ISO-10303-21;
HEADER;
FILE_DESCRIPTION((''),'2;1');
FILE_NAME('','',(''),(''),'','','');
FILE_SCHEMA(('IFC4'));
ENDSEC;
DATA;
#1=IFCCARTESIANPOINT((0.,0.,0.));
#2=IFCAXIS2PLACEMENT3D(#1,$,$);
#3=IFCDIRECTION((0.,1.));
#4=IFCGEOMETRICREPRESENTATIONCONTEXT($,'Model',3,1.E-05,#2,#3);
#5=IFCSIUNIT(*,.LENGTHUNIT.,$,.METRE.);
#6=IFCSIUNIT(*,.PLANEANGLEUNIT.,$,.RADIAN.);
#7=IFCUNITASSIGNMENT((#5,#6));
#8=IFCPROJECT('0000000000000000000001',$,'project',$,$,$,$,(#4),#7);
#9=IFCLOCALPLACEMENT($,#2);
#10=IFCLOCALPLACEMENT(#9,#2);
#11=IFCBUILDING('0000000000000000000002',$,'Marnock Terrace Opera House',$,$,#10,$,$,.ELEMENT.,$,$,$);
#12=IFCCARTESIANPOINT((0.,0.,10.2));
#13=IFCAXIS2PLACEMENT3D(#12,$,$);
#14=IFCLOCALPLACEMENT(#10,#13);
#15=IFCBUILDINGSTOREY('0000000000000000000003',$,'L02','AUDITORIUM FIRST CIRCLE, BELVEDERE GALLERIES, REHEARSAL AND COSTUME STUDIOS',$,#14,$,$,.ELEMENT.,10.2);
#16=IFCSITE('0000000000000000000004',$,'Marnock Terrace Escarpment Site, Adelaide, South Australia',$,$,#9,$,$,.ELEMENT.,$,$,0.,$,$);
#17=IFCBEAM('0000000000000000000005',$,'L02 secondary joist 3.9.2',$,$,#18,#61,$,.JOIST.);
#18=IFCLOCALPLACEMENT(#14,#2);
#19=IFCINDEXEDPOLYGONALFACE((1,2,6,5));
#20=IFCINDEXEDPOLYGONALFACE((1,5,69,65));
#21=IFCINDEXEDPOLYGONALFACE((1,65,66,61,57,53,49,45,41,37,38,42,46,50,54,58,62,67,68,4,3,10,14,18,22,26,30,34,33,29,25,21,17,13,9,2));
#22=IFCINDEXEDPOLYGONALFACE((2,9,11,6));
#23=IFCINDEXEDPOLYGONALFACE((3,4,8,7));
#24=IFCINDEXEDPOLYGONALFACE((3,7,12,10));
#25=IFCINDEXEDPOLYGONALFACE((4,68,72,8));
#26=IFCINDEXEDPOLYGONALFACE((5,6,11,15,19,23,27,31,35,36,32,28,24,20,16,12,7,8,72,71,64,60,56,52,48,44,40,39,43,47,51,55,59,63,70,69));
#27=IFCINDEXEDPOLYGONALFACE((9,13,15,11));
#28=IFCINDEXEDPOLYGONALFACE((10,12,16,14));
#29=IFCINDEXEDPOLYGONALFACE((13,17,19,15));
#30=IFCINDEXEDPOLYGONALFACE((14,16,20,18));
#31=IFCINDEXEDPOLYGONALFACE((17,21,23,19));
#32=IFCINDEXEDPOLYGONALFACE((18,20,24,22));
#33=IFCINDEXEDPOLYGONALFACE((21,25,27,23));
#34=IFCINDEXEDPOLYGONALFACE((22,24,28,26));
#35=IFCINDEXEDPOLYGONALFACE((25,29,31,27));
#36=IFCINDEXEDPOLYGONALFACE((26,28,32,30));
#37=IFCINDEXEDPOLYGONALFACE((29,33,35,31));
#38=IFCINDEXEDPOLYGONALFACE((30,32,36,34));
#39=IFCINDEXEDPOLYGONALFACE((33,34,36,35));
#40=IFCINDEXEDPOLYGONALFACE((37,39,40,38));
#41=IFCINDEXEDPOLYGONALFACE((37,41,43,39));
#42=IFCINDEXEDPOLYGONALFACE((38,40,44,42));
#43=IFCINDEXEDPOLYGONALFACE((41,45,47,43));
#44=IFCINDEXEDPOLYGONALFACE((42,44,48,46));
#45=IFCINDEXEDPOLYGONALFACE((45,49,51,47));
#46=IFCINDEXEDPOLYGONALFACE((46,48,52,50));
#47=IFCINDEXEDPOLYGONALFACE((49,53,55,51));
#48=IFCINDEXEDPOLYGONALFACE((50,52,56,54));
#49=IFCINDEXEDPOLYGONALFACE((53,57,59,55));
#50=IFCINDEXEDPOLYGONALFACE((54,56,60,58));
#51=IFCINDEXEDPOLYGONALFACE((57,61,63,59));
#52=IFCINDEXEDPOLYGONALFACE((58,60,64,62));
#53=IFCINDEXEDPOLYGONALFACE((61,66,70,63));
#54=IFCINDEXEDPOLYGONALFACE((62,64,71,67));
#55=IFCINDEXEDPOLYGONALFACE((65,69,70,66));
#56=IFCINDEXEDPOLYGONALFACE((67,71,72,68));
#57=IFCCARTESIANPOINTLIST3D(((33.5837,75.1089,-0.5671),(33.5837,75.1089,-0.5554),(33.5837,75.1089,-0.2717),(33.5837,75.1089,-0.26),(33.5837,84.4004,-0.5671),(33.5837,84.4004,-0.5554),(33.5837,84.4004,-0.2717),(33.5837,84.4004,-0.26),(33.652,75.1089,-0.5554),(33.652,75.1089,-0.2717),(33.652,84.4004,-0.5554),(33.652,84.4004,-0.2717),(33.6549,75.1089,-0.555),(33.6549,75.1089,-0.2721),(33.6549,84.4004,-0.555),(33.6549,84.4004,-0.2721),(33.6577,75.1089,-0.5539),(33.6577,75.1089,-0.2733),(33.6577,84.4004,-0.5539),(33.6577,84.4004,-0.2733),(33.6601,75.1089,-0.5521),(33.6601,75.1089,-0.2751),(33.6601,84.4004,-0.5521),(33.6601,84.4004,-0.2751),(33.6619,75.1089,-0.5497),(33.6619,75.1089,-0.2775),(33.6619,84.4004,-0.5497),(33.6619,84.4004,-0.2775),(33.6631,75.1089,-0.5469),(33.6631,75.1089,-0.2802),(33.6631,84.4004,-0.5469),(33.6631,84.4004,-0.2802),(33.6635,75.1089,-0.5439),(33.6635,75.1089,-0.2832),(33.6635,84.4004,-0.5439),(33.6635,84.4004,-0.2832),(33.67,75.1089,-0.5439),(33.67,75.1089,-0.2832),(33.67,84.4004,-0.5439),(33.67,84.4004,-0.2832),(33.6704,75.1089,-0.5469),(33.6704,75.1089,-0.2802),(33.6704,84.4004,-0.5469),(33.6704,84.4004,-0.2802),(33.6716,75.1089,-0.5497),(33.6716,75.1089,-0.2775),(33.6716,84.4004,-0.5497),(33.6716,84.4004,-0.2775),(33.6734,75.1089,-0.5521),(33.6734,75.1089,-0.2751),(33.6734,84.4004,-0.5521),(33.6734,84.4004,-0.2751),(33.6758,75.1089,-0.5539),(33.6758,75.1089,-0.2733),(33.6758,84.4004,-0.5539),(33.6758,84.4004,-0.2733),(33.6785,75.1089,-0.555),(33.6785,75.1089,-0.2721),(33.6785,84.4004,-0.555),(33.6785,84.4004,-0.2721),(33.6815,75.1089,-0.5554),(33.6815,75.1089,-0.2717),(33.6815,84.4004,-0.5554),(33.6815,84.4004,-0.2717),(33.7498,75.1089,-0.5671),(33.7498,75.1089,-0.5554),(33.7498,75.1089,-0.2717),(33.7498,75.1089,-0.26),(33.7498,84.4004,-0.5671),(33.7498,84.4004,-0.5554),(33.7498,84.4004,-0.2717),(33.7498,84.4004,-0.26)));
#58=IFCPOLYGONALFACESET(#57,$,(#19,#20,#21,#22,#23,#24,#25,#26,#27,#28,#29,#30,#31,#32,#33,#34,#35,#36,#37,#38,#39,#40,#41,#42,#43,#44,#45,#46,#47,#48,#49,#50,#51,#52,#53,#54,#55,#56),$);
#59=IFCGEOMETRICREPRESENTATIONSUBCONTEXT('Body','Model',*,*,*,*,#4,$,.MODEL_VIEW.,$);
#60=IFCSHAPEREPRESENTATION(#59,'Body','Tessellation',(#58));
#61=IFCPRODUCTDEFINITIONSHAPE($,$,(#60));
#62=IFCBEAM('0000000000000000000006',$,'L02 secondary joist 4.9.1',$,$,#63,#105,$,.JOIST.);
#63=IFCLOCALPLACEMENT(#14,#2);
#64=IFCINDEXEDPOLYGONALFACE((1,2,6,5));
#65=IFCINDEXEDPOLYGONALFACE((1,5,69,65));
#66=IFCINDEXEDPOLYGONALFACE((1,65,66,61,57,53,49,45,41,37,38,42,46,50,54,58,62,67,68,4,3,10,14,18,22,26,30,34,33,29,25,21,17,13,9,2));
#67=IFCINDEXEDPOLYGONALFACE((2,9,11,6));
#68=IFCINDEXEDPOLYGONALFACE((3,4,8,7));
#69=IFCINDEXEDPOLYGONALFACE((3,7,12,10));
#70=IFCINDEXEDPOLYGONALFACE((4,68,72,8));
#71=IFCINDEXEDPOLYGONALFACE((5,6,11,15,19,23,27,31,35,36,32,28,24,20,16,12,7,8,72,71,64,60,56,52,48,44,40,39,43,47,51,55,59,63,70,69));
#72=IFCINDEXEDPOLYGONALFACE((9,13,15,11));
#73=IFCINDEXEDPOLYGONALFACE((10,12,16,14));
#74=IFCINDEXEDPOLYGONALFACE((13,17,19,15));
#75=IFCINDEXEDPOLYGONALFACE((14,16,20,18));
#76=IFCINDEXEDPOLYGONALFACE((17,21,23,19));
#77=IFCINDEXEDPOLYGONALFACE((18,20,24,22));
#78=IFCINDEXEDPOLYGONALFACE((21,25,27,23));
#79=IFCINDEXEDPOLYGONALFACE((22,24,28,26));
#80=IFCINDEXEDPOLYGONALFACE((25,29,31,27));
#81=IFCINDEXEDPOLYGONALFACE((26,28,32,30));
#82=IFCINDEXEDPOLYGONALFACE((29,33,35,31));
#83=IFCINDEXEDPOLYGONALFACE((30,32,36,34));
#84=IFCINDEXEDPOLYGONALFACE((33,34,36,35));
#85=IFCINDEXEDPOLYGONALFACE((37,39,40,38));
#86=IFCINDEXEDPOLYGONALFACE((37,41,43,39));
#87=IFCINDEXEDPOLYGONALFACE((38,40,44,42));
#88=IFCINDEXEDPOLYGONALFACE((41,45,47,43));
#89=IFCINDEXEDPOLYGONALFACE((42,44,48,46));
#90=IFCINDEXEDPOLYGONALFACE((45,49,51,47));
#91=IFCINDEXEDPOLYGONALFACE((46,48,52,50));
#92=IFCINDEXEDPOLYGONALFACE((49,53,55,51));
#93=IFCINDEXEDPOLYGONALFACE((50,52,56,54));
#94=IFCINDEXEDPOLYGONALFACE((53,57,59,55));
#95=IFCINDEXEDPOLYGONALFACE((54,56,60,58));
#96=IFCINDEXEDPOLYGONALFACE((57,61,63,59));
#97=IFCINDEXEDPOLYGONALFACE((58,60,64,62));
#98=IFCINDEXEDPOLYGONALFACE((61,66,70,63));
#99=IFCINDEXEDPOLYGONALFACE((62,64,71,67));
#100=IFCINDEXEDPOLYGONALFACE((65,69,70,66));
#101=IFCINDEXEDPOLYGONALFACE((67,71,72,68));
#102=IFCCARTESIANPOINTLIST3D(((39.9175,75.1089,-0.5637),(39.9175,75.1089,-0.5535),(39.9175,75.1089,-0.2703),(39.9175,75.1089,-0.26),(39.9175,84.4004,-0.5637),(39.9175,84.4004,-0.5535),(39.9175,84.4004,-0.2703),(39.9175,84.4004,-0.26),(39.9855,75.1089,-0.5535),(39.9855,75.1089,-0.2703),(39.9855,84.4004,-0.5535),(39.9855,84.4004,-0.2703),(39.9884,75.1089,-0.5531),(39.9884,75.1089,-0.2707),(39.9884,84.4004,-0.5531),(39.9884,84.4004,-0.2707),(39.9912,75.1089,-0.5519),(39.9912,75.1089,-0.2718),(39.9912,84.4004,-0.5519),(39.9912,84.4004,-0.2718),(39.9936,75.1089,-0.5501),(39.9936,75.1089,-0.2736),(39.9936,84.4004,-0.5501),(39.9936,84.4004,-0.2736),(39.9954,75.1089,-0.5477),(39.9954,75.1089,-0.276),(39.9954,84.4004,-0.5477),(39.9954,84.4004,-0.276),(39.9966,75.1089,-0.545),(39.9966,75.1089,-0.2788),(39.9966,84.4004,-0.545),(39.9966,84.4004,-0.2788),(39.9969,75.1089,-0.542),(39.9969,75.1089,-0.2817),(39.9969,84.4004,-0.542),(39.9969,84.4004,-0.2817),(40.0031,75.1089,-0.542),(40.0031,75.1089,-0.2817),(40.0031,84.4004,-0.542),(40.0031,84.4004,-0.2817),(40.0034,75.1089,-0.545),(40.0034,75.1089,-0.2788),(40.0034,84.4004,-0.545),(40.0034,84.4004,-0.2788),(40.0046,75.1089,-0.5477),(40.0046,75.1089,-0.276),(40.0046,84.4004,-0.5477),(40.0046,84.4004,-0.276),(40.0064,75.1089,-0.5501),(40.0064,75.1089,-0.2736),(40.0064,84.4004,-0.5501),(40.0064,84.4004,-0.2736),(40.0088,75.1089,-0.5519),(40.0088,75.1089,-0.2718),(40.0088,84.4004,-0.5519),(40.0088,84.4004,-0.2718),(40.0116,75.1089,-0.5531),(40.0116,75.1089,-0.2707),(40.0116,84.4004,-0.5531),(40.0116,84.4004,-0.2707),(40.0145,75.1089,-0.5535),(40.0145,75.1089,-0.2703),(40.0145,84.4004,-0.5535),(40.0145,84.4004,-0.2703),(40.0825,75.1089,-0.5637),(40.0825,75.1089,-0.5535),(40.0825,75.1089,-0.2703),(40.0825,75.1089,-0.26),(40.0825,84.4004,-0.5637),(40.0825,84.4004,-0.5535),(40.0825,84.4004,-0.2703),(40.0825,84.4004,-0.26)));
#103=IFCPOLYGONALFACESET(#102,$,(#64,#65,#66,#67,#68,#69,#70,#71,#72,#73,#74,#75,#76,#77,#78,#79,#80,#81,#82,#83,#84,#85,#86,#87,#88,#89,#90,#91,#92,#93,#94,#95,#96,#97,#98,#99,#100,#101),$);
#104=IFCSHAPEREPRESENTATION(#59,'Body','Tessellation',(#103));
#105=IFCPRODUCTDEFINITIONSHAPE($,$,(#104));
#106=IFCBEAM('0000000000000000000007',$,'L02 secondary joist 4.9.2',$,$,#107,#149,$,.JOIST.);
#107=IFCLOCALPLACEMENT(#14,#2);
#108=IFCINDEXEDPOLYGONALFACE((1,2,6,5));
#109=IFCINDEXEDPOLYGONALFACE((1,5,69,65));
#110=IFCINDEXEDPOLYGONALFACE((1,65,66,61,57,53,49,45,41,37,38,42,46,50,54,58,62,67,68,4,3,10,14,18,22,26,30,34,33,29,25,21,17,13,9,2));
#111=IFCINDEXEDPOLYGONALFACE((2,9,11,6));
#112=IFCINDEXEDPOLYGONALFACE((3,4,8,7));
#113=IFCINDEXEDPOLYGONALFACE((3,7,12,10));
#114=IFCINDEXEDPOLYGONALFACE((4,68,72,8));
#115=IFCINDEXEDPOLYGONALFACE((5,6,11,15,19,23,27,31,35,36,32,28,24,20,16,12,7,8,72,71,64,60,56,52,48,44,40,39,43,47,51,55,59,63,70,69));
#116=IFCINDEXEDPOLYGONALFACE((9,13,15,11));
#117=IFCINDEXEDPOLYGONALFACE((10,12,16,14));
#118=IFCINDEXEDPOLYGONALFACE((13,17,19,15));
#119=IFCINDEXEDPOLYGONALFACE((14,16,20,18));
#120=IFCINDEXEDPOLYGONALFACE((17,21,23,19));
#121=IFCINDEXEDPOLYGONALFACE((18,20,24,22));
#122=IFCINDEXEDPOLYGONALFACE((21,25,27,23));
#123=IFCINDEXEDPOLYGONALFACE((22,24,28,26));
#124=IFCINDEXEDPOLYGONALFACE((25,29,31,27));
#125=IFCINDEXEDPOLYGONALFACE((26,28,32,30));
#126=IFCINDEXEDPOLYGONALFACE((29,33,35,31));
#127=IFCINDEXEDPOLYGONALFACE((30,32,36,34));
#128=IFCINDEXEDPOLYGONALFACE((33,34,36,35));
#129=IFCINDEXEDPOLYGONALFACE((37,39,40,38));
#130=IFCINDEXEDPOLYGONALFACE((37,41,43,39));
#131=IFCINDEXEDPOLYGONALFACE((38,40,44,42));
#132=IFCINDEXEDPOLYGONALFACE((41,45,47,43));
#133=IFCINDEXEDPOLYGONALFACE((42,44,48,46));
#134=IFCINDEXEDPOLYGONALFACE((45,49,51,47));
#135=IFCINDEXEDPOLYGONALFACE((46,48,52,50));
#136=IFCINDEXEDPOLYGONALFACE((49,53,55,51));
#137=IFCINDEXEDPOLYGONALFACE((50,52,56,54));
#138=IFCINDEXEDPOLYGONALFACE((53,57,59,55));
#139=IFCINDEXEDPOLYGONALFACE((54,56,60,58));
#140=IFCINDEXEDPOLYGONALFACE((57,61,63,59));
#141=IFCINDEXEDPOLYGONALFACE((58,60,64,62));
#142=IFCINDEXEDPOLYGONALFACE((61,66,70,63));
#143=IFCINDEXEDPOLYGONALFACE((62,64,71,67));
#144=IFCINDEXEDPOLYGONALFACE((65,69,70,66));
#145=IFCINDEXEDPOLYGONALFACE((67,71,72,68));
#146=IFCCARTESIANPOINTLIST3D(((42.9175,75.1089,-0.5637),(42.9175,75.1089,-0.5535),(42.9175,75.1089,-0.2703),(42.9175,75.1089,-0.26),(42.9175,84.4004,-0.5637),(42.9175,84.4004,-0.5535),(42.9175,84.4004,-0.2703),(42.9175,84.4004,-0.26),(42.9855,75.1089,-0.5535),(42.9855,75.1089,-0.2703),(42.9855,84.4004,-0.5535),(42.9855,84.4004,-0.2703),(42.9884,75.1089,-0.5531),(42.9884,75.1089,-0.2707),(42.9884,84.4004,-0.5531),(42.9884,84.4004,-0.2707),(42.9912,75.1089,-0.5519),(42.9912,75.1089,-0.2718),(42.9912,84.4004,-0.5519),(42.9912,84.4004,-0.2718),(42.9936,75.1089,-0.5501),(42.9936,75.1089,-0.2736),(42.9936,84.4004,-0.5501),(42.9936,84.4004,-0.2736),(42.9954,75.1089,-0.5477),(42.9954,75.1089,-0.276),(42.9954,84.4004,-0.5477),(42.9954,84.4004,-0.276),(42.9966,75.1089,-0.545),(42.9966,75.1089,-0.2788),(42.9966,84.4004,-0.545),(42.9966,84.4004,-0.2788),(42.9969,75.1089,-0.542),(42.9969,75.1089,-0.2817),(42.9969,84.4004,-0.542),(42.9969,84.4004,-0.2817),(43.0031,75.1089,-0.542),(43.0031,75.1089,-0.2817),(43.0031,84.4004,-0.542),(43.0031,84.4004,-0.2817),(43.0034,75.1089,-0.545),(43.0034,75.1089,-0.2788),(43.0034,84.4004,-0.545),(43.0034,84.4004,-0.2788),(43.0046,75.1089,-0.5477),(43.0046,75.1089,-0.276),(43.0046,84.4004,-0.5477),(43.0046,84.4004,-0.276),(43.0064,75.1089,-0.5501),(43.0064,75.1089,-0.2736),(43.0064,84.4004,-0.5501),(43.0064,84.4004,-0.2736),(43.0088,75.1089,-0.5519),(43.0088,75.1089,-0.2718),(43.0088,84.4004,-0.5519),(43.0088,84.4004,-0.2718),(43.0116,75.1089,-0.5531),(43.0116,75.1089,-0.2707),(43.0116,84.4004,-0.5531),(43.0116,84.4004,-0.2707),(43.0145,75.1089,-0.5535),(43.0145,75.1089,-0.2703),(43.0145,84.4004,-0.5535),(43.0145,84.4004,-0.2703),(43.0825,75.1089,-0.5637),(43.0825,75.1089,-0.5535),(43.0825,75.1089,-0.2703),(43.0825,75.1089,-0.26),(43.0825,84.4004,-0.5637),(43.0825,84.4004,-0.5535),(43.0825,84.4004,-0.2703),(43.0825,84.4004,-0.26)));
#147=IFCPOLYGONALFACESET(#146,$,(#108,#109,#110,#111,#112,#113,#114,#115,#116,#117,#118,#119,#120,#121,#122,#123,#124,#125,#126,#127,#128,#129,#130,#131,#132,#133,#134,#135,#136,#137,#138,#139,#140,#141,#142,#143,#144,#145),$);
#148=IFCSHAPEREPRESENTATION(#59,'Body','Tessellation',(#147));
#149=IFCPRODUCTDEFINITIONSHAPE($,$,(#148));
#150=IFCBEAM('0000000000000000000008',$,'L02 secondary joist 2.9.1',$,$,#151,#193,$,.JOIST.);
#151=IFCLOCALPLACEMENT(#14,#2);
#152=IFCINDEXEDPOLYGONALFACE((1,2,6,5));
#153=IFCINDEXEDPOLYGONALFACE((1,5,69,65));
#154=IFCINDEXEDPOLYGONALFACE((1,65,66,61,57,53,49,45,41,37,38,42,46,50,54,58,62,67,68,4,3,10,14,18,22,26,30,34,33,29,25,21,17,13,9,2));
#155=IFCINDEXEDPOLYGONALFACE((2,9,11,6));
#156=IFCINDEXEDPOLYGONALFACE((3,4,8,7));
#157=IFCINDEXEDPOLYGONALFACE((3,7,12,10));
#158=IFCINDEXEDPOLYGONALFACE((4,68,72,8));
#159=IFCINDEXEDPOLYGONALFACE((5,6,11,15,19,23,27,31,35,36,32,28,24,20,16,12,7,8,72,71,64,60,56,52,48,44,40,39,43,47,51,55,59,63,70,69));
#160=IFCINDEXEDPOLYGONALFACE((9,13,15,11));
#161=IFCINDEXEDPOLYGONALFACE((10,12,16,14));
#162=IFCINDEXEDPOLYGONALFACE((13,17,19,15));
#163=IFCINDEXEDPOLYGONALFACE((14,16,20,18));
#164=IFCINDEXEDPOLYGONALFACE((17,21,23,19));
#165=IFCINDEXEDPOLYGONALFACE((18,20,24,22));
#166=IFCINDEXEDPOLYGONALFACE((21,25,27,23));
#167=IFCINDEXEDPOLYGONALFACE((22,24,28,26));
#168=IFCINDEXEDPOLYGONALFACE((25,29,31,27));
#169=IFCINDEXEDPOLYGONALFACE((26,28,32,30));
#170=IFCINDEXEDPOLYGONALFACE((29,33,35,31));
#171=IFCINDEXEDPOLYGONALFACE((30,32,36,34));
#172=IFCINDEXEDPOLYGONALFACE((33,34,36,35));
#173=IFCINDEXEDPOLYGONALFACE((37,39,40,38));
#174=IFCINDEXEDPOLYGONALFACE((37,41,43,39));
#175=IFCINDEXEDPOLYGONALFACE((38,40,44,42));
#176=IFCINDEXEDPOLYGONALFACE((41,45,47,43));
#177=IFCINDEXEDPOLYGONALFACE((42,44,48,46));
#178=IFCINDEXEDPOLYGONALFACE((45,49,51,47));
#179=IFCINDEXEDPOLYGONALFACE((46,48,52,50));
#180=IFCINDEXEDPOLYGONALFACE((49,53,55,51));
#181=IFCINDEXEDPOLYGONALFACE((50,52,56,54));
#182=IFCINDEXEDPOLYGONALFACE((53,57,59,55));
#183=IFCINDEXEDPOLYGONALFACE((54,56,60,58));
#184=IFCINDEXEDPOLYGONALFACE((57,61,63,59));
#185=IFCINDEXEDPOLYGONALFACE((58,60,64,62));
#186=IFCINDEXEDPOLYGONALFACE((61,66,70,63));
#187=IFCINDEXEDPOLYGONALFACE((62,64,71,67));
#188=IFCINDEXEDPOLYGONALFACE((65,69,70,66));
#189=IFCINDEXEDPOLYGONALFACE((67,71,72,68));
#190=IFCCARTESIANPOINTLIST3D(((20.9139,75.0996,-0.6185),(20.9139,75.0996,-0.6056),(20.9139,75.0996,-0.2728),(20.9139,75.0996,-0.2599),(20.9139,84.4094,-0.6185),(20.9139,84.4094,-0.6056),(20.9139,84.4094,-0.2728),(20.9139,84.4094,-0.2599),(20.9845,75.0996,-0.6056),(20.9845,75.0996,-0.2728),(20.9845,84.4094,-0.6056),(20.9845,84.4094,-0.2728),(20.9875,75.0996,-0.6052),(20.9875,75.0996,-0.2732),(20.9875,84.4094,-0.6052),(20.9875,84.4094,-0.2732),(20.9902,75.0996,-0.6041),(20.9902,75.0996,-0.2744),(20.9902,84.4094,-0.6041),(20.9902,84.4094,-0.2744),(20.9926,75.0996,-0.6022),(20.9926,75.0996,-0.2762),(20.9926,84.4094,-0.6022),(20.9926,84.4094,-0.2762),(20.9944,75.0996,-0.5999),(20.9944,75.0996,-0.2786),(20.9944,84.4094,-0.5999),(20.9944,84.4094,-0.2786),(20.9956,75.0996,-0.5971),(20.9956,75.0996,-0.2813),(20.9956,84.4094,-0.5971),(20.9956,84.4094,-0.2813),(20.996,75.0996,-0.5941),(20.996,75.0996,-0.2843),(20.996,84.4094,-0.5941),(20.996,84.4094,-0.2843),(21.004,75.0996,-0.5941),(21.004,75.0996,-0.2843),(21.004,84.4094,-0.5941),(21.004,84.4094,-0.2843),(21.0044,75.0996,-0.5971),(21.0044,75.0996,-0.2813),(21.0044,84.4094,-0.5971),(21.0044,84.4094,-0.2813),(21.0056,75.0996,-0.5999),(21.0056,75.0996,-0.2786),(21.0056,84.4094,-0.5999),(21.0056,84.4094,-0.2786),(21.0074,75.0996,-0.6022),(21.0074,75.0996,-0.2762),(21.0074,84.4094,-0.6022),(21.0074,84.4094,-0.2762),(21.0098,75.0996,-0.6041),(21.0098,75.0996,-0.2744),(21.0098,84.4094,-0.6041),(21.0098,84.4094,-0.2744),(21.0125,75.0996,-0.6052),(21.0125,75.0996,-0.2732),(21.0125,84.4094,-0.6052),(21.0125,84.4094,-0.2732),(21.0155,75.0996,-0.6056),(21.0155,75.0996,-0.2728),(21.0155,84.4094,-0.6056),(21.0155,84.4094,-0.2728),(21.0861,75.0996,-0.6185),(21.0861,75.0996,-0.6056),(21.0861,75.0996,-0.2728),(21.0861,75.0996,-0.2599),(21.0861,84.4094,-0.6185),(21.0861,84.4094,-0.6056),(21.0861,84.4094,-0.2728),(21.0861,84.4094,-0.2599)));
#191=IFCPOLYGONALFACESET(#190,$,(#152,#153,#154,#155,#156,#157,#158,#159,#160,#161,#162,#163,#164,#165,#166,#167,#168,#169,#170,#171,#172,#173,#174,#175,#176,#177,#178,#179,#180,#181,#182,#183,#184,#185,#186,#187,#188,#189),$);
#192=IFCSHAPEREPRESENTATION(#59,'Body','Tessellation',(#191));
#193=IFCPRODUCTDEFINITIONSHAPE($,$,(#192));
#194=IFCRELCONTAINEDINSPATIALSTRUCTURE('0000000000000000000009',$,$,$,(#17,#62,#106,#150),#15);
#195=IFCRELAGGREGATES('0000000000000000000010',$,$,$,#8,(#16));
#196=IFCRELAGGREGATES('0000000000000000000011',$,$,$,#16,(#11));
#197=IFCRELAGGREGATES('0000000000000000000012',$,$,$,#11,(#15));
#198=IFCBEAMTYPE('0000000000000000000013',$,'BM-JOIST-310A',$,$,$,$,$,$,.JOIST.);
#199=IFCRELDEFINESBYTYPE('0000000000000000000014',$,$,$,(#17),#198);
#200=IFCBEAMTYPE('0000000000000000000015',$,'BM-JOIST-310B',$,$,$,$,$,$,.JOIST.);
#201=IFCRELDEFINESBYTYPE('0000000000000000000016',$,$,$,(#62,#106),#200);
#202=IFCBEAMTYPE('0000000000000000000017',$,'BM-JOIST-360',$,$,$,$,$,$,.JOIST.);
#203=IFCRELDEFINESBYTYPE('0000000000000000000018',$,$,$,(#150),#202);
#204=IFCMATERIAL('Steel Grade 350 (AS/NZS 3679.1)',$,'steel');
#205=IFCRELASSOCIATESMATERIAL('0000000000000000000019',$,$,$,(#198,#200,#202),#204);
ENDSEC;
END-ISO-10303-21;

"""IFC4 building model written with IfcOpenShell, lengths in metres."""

from ifc_helpers import new_model, si_unit, direction, frame, origin, origin_2d, place, context, subcontext, project, spatial, i_section, extrude, material, material_profile, profile_set, type_object, element, save


model = new_model("IFC4")

# Units and contexts
model_context = context("Model", 3, precision=1e-05, world=origin(), true_north=direction((0.0, 1.0)))
body_context = subcontext(model_context, "Body", "Model", "MODEL_VIEW")
ifc_project = project(units=[si_unit("LENGTHUNIT", "METRE"), si_unit("PLANEANGLEUNIT", "RADIAN")], contexts=[model_context])

# Site, building, storey
site_placement = place(None, origin())
site = spatial("IfcSite", under=ifc_project, at=site_placement, Name="Marnock Terrace Escarpment Site, Adelaide, South Australia", CompositionType="ELEMENT", RefElevation=0.0)
building_placement = place(site_placement, origin())
building = spatial("IfcBuilding", under=site, at=building_placement, Name="Marnock Terrace Opera House", CompositionType="ELEMENT")
storey_placement = place(building_placement, frame((0.0, 0.0, 10.2)))
storey = spatial("IfcBuildingStorey", under=building, at=storey_placement, Name="L02", Description="AUDITORIUM FIRST CIRCLE, BELVEDERE GALLERIES, REHEARSAL AND COSTUME STUDIOS", CompositionType="ELEMENT", Elevation=10.2)

# Shared definitions
ifc_material_1 = material(Name="Steel Grade 350 (AS/NZS 3679.1)", Category="steel")

# Beams
ifc_material_profile_1 = material_profile(ifc_material_1, i_section(OverallWidth=0.166, OverallDepth=0.3071, WebThickness=0.0066, FlangeThickness=0.0117, FilletRadius=0.0115, at=origin_2d()))
ifc_profile_set_1 = profile_set([ifc_material_profile_1], Name="Steel Grade 350 (AS/NZS 3679.1)")
beam_type_1 = type_object("IfcBeamType", Name="BM-JOIST-310A", PredefinedType="JOIST", material=ifc_profile_set_1)
for number, where, z_axis, x_axis, name in (
    (1, (33.6667, 75.1089, -0.4136), (0.0, 1.0, 0.0), (-1.0, 0.0, 0.0), "L02 secondary joist 3.9.2"),
):
    element("IfcBeam", number, at=place(storey_placement, frame(where, z_axis=z_axis, x_axis=x_axis)), inside=storey, type_object=beam_type_1, Name=name, PredefinedType="JOIST", context=body_context, shape_type="SweptSolid", body=[
        extrude(i_section(OverallWidth=0.166, OverallDepth=0.3071, WebThickness=0.0066, FlangeThickness=0.0117, FilletRadius=0.0115, at=origin_2d()), origin(), (0.0, 0.0, 1.0), 9.2915),
    ])
ifc_material_profile_2 = material_profile(ifc_material_1, i_section(OverallWidth=0.165, OverallDepth=0.3037, WebThickness=0.0061, FlangeThickness=0.0103, FilletRadius=0.0115, at=origin_2d()))
ifc_profile_set_2 = profile_set([ifc_material_profile_2], Name="Steel Grade 350 (AS/NZS 3679.1)")
beam_type_2 = type_object("IfcBeamType", Name="BM-JOIST-310B", PredefinedType="JOIST", material=ifc_profile_set_2)
for number, where, z_axis, x_axis, name in (
    (2, (40.0, 75.1089, -0.4119), (0.0, 1.0, 0.0), (-1.0, 0.0, 0.0), "L02 secondary joist 4.9.1"),
    (3, (43.0, 75.1089, -0.4119), (0.0, 1.0, 0.0), (-1.0, 0.0, 0.0), "L02 secondary joist 4.9.2"),
):
    element("IfcBeam", number, at=place(storey_placement, frame(where, z_axis=z_axis, x_axis=x_axis)), inside=storey, type_object=beam_type_2, Name=name, PredefinedType="JOIST", context=body_context, shape_type="SweptSolid", body=[
        extrude(i_section(OverallWidth=0.165, OverallDepth=0.3037, WebThickness=0.0061, FlangeThickness=0.0103, FilletRadius=0.0115, at=origin_2d()), origin(), (0.0, 0.0, 1.0), 9.2915),
    ])
ifc_material_profile_3 = material_profile(ifc_material_1, i_section(OverallWidth=0.1721, OverallDepth=0.3586, WebThickness=0.0081, FlangeThickness=0.0129, FilletRadius=0.0115, at=origin_2d()))
ifc_profile_set_3 = profile_set([ifc_material_profile_3], Name="Steel Grade 350 (AS/NZS 3679.1)")
beam_type_3 = type_object("IfcBeamType", Name="BM-JOIST-360", PredefinedType="JOIST", material=ifc_profile_set_3)
for number, where, z_axis, x_axis, name in (
    (4, (21.0, 75.0996, -0.4392), (0.0, 1.0, 0.0), (-1.0, 0.0, 0.0), "L02 secondary joist 2.9.1"),
):
    element("IfcBeam", number, at=place(storey_placement, frame(where, z_axis=z_axis, x_axis=x_axis)), inside=storey, type_object=beam_type_3, Name=name, PredefinedType="JOIST", context=body_context, shape_type="SweptSolid", body=[
        extrude(i_section(OverallWidth=0.1721, OverallDepth=0.3586, WebThickness=0.0081, FlangeThickness=0.0129, FilletRadius=0.0115, at=origin_2d()), origin(), (0.0, 0.0, 1.0), 9.3098),
    ])

save(model, "model.ifc")
